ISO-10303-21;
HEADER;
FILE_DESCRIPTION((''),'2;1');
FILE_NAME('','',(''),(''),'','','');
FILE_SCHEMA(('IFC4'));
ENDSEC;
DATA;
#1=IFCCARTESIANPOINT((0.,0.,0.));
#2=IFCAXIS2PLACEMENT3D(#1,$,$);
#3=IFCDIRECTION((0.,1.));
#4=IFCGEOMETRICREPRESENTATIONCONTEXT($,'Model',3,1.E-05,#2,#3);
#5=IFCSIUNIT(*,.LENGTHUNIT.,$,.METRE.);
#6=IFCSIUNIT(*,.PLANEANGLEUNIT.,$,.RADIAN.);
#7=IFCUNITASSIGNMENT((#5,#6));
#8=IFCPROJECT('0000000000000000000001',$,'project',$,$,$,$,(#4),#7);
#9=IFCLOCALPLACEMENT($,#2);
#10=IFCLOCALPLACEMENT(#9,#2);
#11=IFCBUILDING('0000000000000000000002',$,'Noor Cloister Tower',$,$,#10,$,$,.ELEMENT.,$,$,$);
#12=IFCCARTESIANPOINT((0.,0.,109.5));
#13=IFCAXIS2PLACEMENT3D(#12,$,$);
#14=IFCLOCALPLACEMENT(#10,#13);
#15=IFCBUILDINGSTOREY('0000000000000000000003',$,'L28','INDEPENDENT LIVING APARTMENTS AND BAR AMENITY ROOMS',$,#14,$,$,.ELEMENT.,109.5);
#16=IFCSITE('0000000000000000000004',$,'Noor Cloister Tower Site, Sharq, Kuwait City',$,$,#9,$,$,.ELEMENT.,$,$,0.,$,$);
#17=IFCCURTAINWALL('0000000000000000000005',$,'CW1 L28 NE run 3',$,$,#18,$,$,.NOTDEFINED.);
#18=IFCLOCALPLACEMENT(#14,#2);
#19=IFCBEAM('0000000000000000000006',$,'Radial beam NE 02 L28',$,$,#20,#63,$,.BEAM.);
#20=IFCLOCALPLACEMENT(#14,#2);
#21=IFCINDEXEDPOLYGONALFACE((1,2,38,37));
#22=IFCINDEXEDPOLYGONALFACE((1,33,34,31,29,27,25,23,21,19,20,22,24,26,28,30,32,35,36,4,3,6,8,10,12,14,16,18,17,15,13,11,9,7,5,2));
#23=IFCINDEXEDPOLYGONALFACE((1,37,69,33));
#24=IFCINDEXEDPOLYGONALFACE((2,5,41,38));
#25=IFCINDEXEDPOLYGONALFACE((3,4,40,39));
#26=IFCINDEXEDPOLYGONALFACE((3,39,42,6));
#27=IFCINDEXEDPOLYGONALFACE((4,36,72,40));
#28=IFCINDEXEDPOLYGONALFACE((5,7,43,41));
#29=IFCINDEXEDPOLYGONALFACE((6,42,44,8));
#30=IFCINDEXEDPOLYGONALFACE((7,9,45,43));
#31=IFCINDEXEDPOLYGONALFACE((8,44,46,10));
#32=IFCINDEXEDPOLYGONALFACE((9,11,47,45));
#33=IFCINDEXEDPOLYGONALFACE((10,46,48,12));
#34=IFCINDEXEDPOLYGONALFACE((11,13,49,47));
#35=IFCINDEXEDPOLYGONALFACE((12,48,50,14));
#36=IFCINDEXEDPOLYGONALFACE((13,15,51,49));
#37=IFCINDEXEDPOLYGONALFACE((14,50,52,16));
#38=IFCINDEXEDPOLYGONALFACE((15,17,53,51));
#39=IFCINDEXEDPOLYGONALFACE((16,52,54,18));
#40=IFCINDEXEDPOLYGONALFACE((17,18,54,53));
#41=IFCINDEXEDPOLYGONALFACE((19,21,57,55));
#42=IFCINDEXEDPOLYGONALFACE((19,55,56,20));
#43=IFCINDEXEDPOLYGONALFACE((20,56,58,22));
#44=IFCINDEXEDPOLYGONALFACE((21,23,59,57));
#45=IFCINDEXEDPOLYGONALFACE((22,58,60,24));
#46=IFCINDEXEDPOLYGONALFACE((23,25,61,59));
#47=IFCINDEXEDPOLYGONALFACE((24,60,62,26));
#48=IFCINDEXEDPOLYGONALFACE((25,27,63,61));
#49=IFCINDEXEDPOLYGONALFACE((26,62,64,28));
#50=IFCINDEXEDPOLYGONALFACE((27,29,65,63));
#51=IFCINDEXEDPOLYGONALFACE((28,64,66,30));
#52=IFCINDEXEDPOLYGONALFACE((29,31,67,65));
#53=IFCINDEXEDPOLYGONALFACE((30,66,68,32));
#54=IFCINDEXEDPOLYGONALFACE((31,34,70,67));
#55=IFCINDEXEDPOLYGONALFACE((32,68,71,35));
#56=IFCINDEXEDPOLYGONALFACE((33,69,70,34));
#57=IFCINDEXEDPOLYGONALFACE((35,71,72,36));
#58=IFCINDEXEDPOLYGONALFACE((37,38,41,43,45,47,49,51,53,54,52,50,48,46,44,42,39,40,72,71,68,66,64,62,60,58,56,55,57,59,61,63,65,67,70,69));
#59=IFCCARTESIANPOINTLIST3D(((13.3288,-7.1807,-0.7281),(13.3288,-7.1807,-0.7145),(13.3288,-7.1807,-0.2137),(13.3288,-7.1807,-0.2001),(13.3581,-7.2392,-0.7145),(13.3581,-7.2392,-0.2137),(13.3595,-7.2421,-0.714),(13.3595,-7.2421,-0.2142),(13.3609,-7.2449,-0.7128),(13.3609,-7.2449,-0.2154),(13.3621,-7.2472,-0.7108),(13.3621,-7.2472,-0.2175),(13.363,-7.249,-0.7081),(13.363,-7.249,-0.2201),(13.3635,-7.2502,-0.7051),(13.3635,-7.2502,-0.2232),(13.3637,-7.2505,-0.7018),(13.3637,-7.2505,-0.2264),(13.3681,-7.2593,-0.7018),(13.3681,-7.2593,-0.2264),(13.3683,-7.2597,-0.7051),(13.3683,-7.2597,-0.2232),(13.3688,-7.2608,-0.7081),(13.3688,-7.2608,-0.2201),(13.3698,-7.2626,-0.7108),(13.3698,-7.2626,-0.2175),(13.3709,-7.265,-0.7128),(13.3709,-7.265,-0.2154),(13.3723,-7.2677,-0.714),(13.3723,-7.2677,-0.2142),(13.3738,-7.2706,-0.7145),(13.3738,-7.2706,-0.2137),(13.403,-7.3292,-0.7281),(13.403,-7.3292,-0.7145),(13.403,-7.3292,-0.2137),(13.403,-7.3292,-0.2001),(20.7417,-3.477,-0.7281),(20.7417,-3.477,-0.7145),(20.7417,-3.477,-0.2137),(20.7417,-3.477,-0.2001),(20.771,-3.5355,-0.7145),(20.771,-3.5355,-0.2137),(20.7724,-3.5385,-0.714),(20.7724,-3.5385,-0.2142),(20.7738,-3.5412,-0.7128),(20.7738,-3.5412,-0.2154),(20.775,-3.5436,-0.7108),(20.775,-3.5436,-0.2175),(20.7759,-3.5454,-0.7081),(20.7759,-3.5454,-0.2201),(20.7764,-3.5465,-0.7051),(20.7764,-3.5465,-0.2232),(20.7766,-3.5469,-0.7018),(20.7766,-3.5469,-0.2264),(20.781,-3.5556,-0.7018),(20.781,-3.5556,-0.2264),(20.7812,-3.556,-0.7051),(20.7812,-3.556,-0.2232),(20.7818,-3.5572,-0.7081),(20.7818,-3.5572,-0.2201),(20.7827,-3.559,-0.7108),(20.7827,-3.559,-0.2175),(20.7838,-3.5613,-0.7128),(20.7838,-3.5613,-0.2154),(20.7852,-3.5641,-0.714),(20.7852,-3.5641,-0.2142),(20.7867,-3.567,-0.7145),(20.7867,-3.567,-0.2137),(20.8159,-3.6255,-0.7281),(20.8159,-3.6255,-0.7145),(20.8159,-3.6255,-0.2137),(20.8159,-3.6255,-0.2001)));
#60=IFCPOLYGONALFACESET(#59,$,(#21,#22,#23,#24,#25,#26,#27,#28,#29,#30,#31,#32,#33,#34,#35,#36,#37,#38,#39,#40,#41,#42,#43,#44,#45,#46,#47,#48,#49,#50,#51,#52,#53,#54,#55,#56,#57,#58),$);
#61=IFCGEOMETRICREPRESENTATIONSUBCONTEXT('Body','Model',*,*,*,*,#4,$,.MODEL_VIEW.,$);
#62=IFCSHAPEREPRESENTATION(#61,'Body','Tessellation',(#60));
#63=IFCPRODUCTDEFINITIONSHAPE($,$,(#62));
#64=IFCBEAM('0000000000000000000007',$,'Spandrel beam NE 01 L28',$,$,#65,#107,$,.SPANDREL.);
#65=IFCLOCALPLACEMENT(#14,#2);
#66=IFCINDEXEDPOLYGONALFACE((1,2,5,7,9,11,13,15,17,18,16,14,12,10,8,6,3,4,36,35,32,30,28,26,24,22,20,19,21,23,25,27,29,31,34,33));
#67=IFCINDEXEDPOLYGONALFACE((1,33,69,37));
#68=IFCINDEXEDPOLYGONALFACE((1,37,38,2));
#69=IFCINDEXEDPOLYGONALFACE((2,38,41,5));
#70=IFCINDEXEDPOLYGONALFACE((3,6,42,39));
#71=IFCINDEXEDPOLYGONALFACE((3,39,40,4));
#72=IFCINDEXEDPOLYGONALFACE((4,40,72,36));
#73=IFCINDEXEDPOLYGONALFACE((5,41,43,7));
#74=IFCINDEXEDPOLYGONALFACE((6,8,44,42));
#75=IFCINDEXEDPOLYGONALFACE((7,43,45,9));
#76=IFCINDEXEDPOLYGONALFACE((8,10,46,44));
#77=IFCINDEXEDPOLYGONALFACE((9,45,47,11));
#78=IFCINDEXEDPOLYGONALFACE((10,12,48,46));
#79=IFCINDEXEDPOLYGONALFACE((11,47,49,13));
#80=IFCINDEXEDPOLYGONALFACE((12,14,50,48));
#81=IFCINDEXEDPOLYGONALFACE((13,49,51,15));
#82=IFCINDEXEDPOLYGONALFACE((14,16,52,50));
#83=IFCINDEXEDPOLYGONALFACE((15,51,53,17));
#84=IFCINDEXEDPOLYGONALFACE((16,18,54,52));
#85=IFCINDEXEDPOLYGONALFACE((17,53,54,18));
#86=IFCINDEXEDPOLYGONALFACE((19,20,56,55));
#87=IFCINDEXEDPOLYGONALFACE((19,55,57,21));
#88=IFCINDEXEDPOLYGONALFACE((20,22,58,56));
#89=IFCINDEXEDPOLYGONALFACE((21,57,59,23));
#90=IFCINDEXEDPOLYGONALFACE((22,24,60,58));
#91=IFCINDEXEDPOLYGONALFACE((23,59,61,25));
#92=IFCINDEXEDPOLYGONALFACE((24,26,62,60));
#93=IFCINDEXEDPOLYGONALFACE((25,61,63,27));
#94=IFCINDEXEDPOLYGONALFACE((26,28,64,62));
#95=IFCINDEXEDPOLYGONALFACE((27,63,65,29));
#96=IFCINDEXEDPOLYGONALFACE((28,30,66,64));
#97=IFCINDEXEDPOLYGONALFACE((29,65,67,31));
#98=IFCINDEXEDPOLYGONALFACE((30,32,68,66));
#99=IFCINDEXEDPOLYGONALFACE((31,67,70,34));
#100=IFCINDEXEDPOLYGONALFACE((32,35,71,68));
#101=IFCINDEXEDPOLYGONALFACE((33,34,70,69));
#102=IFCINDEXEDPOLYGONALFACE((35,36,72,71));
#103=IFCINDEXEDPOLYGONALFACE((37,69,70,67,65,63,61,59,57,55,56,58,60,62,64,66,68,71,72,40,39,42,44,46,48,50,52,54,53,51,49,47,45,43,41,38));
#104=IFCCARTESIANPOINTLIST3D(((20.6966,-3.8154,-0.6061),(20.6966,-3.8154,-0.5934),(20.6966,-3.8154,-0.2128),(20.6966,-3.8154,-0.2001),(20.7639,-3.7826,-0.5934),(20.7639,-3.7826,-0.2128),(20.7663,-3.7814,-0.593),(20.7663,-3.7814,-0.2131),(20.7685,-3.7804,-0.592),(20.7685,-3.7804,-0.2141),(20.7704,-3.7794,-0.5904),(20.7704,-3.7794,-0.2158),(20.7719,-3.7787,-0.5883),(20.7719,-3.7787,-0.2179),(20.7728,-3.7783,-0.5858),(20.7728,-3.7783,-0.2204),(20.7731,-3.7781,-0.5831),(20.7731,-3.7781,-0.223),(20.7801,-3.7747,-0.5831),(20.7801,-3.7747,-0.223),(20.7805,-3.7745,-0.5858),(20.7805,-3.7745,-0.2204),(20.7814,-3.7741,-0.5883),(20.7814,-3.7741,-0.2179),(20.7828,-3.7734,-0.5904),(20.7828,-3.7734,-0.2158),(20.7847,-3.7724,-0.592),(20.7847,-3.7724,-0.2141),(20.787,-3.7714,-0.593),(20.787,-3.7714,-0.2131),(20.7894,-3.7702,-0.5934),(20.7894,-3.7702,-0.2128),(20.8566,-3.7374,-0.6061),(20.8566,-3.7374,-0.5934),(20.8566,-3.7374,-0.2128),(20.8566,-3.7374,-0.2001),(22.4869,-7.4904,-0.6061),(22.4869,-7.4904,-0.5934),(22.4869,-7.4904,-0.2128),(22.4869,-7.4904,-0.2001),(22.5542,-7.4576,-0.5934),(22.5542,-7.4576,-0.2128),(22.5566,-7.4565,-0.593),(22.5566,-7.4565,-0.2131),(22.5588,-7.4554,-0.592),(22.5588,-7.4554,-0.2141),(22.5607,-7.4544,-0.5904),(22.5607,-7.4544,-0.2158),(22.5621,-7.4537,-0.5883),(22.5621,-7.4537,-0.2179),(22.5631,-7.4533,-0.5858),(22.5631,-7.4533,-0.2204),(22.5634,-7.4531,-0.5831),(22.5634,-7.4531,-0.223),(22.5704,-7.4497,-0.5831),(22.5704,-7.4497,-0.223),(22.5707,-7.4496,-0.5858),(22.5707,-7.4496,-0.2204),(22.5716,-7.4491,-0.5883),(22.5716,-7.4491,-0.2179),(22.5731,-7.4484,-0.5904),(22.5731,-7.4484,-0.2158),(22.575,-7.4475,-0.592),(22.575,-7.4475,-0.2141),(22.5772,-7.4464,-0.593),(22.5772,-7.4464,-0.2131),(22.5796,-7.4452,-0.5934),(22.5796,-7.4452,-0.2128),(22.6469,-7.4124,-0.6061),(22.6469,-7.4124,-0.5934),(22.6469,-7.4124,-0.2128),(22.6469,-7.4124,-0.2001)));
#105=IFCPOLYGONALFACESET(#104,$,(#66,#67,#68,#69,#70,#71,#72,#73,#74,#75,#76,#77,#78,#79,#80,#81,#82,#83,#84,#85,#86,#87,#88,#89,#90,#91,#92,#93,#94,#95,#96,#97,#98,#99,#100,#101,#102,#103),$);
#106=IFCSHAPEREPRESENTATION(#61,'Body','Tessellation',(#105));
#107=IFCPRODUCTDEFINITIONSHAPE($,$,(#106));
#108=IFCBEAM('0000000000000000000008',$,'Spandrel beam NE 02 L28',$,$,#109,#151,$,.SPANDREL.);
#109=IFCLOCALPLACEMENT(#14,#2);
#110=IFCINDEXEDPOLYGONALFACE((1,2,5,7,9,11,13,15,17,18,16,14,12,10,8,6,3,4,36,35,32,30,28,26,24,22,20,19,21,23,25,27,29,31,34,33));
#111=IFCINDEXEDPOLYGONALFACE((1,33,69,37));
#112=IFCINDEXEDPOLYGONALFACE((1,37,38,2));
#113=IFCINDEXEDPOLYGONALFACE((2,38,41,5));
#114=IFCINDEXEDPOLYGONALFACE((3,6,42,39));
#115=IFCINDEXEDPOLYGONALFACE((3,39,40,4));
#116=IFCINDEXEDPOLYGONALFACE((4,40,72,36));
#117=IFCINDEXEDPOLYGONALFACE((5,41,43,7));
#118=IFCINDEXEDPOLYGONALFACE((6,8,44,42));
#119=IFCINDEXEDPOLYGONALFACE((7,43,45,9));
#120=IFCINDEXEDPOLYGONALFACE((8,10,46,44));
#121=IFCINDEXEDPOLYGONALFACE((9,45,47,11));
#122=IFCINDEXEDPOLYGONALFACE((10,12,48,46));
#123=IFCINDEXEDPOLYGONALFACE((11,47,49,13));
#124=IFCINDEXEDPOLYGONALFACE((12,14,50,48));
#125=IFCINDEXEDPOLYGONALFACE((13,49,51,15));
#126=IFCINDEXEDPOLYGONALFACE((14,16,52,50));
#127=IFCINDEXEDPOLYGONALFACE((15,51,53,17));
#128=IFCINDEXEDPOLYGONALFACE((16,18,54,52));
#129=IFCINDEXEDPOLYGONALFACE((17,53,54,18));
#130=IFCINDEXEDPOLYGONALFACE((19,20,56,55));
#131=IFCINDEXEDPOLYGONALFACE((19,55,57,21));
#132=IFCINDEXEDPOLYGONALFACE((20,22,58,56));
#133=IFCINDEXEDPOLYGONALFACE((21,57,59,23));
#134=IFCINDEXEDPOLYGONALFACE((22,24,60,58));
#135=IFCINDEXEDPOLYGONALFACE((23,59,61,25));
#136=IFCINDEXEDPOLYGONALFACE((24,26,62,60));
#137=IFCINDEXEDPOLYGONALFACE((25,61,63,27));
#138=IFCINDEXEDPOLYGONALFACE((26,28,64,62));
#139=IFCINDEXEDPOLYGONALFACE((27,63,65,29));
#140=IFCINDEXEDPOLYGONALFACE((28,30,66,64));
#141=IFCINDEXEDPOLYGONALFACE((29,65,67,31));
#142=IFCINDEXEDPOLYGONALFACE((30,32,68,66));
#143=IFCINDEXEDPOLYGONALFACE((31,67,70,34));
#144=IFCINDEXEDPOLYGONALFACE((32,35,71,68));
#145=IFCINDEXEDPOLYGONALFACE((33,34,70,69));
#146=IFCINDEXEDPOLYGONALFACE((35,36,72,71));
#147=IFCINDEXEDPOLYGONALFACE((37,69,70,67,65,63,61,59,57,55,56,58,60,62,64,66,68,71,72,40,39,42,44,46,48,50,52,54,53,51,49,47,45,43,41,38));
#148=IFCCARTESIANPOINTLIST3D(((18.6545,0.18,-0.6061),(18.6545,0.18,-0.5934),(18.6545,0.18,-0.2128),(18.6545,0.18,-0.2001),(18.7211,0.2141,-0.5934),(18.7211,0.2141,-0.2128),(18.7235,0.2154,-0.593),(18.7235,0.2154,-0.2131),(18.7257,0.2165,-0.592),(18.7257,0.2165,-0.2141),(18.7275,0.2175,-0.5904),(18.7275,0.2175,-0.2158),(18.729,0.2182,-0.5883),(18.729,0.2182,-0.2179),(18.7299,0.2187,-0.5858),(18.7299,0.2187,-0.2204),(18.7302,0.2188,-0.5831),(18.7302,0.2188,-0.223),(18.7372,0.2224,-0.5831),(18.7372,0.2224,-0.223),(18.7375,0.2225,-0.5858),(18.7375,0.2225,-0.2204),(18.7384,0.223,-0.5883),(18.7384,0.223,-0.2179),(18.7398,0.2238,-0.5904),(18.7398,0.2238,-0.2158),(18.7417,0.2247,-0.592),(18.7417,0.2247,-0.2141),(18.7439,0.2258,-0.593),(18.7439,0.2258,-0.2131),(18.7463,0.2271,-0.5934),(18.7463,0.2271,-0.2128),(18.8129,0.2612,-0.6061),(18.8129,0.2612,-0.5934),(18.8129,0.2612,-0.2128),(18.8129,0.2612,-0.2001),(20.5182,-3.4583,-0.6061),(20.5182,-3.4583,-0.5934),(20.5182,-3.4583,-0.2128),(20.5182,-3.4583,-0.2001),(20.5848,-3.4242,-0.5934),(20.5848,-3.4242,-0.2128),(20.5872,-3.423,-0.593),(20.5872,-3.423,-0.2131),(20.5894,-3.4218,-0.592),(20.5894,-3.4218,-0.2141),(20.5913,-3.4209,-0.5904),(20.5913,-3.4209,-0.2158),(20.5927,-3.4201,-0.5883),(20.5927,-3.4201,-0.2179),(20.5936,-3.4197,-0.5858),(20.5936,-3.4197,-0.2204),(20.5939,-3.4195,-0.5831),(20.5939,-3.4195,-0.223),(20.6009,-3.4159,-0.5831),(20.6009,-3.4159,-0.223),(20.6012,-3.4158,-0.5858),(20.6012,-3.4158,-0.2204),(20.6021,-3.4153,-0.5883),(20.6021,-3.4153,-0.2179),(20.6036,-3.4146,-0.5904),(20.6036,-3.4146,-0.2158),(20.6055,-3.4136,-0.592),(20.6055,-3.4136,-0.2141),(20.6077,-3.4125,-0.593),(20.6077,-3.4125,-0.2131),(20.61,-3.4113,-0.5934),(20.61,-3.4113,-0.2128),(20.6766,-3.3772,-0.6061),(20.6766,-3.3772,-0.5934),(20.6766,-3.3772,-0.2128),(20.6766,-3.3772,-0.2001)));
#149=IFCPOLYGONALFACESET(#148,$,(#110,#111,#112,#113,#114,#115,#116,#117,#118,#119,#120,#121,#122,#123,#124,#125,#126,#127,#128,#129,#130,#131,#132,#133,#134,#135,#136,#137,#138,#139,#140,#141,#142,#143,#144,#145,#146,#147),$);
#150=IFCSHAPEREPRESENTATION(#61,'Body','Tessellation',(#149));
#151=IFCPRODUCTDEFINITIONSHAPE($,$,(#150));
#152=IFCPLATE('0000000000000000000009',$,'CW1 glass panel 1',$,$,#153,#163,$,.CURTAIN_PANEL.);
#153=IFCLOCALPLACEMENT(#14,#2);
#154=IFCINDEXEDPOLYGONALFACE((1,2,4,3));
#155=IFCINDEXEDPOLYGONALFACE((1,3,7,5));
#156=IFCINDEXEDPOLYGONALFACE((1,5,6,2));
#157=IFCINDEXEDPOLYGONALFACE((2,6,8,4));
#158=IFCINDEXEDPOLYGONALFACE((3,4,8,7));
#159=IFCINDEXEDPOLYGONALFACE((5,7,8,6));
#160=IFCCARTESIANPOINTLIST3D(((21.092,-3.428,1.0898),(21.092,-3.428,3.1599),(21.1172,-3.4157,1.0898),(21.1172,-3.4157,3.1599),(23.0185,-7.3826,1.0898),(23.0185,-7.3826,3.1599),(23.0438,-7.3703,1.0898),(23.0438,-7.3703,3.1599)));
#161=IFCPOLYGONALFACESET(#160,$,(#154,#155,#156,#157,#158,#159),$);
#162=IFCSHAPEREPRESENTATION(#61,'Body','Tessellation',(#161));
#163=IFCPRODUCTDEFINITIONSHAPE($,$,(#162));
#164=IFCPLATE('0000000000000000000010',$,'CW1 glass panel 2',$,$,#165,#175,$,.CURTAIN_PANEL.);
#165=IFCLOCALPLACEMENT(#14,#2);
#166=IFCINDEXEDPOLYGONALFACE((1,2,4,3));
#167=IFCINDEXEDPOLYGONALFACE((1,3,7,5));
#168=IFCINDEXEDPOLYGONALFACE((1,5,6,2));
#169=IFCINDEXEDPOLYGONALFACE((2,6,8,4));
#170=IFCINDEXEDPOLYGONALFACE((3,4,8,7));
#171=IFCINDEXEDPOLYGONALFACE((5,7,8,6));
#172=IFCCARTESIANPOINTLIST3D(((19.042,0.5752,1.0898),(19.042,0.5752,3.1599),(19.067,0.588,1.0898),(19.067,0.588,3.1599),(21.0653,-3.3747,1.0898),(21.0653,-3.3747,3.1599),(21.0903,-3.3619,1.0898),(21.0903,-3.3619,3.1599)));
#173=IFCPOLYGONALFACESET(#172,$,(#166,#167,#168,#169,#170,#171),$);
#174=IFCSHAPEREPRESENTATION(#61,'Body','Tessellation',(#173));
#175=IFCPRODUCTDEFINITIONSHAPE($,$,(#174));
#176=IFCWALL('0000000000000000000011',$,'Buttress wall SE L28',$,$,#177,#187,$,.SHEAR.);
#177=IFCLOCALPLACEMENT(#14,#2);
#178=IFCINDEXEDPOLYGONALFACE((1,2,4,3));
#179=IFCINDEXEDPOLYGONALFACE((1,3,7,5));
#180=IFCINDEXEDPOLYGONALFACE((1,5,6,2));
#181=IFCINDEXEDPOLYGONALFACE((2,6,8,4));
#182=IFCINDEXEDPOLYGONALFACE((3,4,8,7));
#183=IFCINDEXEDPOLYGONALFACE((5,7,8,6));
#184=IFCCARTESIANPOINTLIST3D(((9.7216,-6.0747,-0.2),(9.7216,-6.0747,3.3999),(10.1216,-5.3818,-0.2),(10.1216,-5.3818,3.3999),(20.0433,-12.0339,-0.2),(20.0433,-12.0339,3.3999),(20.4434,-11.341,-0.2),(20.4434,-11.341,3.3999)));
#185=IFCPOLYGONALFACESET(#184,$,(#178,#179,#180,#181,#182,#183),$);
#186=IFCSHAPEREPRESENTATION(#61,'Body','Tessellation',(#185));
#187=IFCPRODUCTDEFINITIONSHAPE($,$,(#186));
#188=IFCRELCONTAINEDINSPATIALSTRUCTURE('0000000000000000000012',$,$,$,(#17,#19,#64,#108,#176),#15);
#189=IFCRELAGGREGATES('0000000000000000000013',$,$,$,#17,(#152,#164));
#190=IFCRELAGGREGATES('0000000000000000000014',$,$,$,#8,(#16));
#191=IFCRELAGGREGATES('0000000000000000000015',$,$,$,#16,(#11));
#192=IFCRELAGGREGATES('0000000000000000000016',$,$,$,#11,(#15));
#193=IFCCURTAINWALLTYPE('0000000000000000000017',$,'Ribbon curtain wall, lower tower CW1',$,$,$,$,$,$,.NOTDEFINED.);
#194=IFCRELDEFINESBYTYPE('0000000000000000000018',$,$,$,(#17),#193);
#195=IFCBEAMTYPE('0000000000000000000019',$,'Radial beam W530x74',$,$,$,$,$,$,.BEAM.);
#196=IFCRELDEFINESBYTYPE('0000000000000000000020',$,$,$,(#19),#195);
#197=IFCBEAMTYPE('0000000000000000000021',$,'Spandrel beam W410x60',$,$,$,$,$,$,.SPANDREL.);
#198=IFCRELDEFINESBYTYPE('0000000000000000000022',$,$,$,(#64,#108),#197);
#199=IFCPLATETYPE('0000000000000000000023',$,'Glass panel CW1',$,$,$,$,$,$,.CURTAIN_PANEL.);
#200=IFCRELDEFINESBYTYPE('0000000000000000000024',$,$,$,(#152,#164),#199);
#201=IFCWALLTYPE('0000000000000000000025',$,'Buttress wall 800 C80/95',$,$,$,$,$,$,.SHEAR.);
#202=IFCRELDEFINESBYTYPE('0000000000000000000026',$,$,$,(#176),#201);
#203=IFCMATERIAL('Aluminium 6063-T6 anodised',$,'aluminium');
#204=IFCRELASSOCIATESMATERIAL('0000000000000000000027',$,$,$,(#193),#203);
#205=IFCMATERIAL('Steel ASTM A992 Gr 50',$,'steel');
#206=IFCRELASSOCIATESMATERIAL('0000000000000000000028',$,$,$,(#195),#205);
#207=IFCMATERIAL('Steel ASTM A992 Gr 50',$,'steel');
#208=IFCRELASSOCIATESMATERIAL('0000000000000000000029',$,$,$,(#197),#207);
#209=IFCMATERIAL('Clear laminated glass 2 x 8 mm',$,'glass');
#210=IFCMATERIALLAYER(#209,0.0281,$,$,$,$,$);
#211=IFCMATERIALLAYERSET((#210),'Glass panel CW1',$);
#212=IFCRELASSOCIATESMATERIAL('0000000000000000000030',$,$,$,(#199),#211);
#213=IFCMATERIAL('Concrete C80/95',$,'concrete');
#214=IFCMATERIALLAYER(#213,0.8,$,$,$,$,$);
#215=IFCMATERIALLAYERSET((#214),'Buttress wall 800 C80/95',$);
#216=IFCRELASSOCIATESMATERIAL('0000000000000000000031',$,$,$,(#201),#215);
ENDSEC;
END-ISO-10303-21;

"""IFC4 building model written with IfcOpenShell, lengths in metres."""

from ifc_helpers import new_model, si_unit, direction, frame, frame_2d, origin, origin_2d, place, context, subcontext, project, spatial, rectangle, i_section, extrude, material, layer, layer_set, material_profile, profile_set, type_object, element, aggregate, save


model = new_model("IFC4")

# Units and contexts
model_context = context("Model", 3, precision=1e-05, world=origin(), true_north=direction((0.0, 1.0)))
body_context = subcontext(model_context, "Body", "Model", "MODEL_VIEW")
ifc_project = project(units=[si_unit("LENGTHUNIT", "METRE"), si_unit("PLANEANGLEUNIT", "RADIAN")], contexts=[model_context])

# Site, building, storey
site_placement = place(None, origin())
site = spatial("IfcSite", under=ifc_project, at=site_placement, Name="Noor Cloister Tower Site, Sharq, Kuwait City", CompositionType="ELEMENT", RefElevation=0.0)
building_placement = place(site_placement, origin())
building = spatial("IfcBuilding", under=site, at=building_placement, Name="Noor Cloister Tower", CompositionType="ELEMENT")
storey_placement = place(building_placement, frame((0.0, 0.0, 109.5)))
storey = spatial("IfcBuildingStorey", under=building, at=storey_placement, Name="L28", Description="INDEPENDENT LIVING APARTMENTS AND BAR AMENITY ROOMS", CompositionType="ELEMENT", Elevation=109.5)

# Curtain wall
ifc_material_1 = material(Name="Aluminium 6063-T6 anodised", Category="aluminium")
curtain_wall_type = type_object("IfcCurtainWallType", Name="Ribbon curtain wall, lower tower CW1", PredefinedType="NOTDEFINED", material=ifc_material_1)
curtain_wall_placement = place(storey_placement, origin())
curtain_wall = element("IfcCurtainWall", 1, at=curtain_wall_placement, inside=storey, type_object=curtain_wall_type, Name="CW1 L28 NE run 3", PredefinedType="NOTDEFINED")

# Beams
ifc_material_2 = material(Name="Steel ASTM A992 Gr 50", Category="steel")
ifc_material_profile_1 = material_profile(ifc_material_2, i_section(OverallWidth=0.166, OverallDepth=0.5281, WebThickness=0.0098, FlangeThickness=0.0137, FilletRadius=0.0127, at=origin_2d()), Name="W530x74")
ifc_profile_set_1 = profile_set([ifc_material_profile_1], Name="Steel ASTM A992 Gr 50")
beam_type_1 = type_object("IfcBeamType", Name="Radial beam W530x74", PredefinedType="BEAM", material=ifc_profile_set_1)
beam_1_placement = place(storey_placement, frame((20.7788, -3.5513, -0.4641), z_axis=(-0.894563, -0.446943, 0.0), x_axis=(0.446943, -0.894563, 0.0)))
element("IfcBeam", 2, at=beam_1_placement, inside=storey, type_object=beam_type_1, Name="Radial beam NE 02 L28", PredefinedType="BEAM", context=body_context, shape_type="SweptSolid", body=[
    extrude(i_section(OverallWidth=0.166, OverallDepth=0.5281, WebThickness=0.0098, FlangeThickness=0.0137, FilletRadius=0.0127, at=origin_2d()), origin(), (0.0, 0.0, 1.0), 8.2866),
])
ifc_material_3 = material(Name="Steel ASTM A992 Gr 50", Category="steel")
ifc_material_profile_2 = material_profile(ifc_material_3, i_section(OverallWidth=0.178, OverallDepth=0.406, WebThickness=0.0078, FlangeThickness=0.0127, FilletRadius=0.0103, at=origin_2d()), Name="W410x60")
ifc_profile_set_2 = profile_set([ifc_material_profile_2], Name="Steel ASTM A992 Gr 50")
beam_type_2 = type_object("IfcBeamType", Name="Spandrel beam W410x60", PredefinedType="SPANDREL", material=ifc_profile_set_2)
for number, where, z_axis, x_axis, name in (
    (3, (22.5669, -7.4514, -0.4031), (-0.437945, 0.899002, 0.0), (-0.899002, -0.437945, 0.0), "Spandrel beam NE 01 L28"),
    (4, (20.5974, -3.4177, -0.4031), (-0.455912, 0.890025, 0.0), (-0.890025, -0.455912, 0.0), "Spandrel beam NE 02 L28"),
):
    element("IfcBeam", number, at=place(storey_placement, frame(where, z_axis=z_axis, x_axis=x_axis)), inside=storey, type_object=beam_type_2, Name=name, PredefinedType="SPANDREL", context=body_context, shape_type="SweptSolid", body=[
        extrude(i_section(OverallWidth=0.178, OverallDepth=0.406, WebThickness=0.0078, FlangeThickness=0.0127, FilletRadius=0.0103, at=origin_2d()), origin(), (0.0, 0.0, 1.0), 4.0879),
    ])

# Plates
ifc_material_4 = material(Name="Clear laminated glass 2 x 8 mm", Category="glass")
ifc_layer_1 = layer(ifc_material_4, 0.0281)
ifc_layer_set_1 = layer_set([ifc_layer_1], Name="Glass panel CW1")
plate_type = type_object("IfcPlateType", Name="Glass panel CW1", PredefinedType="CURTAIN_PANEL", material=ifc_layer_set_1)
plate_1_placement = place(storey_placement, frame((22.0679, -5.3992, 1.0898), z_axis=(0.0, 0.0, 1.0), x_axis=(-0.437955, 0.898997, 0.0)))
plate_1 = element("IfcPlate", 5, at=plate_1_placement, type_object=plate_type, Name="CW1 glass panel 1", PredefinedType="CURTAIN_PANEL", context=body_context, shape_type="SweptSolid", body=[
    extrude(rectangle(XDim=4.3989, YDim=0.0281, at=origin_2d()), origin(), (0.0, 0.0, 1.0), 2.0701),
])
plate_2_placement = place(storey_placement, frame((20.0662, -1.3933, 1.0898), z_axis=(0.0, 0.0, 1.0), x_axis=(-0.455917, 0.890022, 0.0)))
plate_2 = element("IfcPlate", 6, at=plate_2_placement, type_object=plate_type, Name="CW1 glass panel 2", PredefinedType="CURTAIN_PANEL", context=body_context, shape_type="SweptSolid", body=[
    extrude(rectangle(XDim=4.438, YDim=0.0281, at=origin_2d()), origin(), (0.0, 0.0, 1.0), 2.0701),
])
aggregate(curtain_wall, [plate_1, plate_2])

# Wall
ifc_material_5 = material(Name="Concrete C80/95", Category="concrete")
ifc_layer_2 = layer(ifc_material_5, 0.8)
ifc_layer_set_2 = layer_set([ifc_layer_2], Name="Buttress wall 800 C80/95")
wall_type_1 = type_object("IfcWallType", Name="Buttress wall 800 C80/95", PredefinedType="SHEAR", material=ifc_layer_set_2)
wall_1_placement = place(storey_placement, frame((9.9216, -5.7283, -0.2), z_axis=(0.0, 0.0, 1.0), x_axis=(0.866027, -0.499997, 0.0)))
element("IfcWall", 7, at=wall_1_placement, inside=storey, type_object=wall_type_1, Name="Buttress wall SE L28", PredefinedType="SHEAR", context=body_context, shape_type="SweptSolid", body=[
    extrude(rectangle(XDim=11.9185, YDim=0.8, at=frame_2d((5.9592, 0.0))), origin(), (0.0, 0.0, 1.0), 3.5999),
])

save(model, "model.ifc")
